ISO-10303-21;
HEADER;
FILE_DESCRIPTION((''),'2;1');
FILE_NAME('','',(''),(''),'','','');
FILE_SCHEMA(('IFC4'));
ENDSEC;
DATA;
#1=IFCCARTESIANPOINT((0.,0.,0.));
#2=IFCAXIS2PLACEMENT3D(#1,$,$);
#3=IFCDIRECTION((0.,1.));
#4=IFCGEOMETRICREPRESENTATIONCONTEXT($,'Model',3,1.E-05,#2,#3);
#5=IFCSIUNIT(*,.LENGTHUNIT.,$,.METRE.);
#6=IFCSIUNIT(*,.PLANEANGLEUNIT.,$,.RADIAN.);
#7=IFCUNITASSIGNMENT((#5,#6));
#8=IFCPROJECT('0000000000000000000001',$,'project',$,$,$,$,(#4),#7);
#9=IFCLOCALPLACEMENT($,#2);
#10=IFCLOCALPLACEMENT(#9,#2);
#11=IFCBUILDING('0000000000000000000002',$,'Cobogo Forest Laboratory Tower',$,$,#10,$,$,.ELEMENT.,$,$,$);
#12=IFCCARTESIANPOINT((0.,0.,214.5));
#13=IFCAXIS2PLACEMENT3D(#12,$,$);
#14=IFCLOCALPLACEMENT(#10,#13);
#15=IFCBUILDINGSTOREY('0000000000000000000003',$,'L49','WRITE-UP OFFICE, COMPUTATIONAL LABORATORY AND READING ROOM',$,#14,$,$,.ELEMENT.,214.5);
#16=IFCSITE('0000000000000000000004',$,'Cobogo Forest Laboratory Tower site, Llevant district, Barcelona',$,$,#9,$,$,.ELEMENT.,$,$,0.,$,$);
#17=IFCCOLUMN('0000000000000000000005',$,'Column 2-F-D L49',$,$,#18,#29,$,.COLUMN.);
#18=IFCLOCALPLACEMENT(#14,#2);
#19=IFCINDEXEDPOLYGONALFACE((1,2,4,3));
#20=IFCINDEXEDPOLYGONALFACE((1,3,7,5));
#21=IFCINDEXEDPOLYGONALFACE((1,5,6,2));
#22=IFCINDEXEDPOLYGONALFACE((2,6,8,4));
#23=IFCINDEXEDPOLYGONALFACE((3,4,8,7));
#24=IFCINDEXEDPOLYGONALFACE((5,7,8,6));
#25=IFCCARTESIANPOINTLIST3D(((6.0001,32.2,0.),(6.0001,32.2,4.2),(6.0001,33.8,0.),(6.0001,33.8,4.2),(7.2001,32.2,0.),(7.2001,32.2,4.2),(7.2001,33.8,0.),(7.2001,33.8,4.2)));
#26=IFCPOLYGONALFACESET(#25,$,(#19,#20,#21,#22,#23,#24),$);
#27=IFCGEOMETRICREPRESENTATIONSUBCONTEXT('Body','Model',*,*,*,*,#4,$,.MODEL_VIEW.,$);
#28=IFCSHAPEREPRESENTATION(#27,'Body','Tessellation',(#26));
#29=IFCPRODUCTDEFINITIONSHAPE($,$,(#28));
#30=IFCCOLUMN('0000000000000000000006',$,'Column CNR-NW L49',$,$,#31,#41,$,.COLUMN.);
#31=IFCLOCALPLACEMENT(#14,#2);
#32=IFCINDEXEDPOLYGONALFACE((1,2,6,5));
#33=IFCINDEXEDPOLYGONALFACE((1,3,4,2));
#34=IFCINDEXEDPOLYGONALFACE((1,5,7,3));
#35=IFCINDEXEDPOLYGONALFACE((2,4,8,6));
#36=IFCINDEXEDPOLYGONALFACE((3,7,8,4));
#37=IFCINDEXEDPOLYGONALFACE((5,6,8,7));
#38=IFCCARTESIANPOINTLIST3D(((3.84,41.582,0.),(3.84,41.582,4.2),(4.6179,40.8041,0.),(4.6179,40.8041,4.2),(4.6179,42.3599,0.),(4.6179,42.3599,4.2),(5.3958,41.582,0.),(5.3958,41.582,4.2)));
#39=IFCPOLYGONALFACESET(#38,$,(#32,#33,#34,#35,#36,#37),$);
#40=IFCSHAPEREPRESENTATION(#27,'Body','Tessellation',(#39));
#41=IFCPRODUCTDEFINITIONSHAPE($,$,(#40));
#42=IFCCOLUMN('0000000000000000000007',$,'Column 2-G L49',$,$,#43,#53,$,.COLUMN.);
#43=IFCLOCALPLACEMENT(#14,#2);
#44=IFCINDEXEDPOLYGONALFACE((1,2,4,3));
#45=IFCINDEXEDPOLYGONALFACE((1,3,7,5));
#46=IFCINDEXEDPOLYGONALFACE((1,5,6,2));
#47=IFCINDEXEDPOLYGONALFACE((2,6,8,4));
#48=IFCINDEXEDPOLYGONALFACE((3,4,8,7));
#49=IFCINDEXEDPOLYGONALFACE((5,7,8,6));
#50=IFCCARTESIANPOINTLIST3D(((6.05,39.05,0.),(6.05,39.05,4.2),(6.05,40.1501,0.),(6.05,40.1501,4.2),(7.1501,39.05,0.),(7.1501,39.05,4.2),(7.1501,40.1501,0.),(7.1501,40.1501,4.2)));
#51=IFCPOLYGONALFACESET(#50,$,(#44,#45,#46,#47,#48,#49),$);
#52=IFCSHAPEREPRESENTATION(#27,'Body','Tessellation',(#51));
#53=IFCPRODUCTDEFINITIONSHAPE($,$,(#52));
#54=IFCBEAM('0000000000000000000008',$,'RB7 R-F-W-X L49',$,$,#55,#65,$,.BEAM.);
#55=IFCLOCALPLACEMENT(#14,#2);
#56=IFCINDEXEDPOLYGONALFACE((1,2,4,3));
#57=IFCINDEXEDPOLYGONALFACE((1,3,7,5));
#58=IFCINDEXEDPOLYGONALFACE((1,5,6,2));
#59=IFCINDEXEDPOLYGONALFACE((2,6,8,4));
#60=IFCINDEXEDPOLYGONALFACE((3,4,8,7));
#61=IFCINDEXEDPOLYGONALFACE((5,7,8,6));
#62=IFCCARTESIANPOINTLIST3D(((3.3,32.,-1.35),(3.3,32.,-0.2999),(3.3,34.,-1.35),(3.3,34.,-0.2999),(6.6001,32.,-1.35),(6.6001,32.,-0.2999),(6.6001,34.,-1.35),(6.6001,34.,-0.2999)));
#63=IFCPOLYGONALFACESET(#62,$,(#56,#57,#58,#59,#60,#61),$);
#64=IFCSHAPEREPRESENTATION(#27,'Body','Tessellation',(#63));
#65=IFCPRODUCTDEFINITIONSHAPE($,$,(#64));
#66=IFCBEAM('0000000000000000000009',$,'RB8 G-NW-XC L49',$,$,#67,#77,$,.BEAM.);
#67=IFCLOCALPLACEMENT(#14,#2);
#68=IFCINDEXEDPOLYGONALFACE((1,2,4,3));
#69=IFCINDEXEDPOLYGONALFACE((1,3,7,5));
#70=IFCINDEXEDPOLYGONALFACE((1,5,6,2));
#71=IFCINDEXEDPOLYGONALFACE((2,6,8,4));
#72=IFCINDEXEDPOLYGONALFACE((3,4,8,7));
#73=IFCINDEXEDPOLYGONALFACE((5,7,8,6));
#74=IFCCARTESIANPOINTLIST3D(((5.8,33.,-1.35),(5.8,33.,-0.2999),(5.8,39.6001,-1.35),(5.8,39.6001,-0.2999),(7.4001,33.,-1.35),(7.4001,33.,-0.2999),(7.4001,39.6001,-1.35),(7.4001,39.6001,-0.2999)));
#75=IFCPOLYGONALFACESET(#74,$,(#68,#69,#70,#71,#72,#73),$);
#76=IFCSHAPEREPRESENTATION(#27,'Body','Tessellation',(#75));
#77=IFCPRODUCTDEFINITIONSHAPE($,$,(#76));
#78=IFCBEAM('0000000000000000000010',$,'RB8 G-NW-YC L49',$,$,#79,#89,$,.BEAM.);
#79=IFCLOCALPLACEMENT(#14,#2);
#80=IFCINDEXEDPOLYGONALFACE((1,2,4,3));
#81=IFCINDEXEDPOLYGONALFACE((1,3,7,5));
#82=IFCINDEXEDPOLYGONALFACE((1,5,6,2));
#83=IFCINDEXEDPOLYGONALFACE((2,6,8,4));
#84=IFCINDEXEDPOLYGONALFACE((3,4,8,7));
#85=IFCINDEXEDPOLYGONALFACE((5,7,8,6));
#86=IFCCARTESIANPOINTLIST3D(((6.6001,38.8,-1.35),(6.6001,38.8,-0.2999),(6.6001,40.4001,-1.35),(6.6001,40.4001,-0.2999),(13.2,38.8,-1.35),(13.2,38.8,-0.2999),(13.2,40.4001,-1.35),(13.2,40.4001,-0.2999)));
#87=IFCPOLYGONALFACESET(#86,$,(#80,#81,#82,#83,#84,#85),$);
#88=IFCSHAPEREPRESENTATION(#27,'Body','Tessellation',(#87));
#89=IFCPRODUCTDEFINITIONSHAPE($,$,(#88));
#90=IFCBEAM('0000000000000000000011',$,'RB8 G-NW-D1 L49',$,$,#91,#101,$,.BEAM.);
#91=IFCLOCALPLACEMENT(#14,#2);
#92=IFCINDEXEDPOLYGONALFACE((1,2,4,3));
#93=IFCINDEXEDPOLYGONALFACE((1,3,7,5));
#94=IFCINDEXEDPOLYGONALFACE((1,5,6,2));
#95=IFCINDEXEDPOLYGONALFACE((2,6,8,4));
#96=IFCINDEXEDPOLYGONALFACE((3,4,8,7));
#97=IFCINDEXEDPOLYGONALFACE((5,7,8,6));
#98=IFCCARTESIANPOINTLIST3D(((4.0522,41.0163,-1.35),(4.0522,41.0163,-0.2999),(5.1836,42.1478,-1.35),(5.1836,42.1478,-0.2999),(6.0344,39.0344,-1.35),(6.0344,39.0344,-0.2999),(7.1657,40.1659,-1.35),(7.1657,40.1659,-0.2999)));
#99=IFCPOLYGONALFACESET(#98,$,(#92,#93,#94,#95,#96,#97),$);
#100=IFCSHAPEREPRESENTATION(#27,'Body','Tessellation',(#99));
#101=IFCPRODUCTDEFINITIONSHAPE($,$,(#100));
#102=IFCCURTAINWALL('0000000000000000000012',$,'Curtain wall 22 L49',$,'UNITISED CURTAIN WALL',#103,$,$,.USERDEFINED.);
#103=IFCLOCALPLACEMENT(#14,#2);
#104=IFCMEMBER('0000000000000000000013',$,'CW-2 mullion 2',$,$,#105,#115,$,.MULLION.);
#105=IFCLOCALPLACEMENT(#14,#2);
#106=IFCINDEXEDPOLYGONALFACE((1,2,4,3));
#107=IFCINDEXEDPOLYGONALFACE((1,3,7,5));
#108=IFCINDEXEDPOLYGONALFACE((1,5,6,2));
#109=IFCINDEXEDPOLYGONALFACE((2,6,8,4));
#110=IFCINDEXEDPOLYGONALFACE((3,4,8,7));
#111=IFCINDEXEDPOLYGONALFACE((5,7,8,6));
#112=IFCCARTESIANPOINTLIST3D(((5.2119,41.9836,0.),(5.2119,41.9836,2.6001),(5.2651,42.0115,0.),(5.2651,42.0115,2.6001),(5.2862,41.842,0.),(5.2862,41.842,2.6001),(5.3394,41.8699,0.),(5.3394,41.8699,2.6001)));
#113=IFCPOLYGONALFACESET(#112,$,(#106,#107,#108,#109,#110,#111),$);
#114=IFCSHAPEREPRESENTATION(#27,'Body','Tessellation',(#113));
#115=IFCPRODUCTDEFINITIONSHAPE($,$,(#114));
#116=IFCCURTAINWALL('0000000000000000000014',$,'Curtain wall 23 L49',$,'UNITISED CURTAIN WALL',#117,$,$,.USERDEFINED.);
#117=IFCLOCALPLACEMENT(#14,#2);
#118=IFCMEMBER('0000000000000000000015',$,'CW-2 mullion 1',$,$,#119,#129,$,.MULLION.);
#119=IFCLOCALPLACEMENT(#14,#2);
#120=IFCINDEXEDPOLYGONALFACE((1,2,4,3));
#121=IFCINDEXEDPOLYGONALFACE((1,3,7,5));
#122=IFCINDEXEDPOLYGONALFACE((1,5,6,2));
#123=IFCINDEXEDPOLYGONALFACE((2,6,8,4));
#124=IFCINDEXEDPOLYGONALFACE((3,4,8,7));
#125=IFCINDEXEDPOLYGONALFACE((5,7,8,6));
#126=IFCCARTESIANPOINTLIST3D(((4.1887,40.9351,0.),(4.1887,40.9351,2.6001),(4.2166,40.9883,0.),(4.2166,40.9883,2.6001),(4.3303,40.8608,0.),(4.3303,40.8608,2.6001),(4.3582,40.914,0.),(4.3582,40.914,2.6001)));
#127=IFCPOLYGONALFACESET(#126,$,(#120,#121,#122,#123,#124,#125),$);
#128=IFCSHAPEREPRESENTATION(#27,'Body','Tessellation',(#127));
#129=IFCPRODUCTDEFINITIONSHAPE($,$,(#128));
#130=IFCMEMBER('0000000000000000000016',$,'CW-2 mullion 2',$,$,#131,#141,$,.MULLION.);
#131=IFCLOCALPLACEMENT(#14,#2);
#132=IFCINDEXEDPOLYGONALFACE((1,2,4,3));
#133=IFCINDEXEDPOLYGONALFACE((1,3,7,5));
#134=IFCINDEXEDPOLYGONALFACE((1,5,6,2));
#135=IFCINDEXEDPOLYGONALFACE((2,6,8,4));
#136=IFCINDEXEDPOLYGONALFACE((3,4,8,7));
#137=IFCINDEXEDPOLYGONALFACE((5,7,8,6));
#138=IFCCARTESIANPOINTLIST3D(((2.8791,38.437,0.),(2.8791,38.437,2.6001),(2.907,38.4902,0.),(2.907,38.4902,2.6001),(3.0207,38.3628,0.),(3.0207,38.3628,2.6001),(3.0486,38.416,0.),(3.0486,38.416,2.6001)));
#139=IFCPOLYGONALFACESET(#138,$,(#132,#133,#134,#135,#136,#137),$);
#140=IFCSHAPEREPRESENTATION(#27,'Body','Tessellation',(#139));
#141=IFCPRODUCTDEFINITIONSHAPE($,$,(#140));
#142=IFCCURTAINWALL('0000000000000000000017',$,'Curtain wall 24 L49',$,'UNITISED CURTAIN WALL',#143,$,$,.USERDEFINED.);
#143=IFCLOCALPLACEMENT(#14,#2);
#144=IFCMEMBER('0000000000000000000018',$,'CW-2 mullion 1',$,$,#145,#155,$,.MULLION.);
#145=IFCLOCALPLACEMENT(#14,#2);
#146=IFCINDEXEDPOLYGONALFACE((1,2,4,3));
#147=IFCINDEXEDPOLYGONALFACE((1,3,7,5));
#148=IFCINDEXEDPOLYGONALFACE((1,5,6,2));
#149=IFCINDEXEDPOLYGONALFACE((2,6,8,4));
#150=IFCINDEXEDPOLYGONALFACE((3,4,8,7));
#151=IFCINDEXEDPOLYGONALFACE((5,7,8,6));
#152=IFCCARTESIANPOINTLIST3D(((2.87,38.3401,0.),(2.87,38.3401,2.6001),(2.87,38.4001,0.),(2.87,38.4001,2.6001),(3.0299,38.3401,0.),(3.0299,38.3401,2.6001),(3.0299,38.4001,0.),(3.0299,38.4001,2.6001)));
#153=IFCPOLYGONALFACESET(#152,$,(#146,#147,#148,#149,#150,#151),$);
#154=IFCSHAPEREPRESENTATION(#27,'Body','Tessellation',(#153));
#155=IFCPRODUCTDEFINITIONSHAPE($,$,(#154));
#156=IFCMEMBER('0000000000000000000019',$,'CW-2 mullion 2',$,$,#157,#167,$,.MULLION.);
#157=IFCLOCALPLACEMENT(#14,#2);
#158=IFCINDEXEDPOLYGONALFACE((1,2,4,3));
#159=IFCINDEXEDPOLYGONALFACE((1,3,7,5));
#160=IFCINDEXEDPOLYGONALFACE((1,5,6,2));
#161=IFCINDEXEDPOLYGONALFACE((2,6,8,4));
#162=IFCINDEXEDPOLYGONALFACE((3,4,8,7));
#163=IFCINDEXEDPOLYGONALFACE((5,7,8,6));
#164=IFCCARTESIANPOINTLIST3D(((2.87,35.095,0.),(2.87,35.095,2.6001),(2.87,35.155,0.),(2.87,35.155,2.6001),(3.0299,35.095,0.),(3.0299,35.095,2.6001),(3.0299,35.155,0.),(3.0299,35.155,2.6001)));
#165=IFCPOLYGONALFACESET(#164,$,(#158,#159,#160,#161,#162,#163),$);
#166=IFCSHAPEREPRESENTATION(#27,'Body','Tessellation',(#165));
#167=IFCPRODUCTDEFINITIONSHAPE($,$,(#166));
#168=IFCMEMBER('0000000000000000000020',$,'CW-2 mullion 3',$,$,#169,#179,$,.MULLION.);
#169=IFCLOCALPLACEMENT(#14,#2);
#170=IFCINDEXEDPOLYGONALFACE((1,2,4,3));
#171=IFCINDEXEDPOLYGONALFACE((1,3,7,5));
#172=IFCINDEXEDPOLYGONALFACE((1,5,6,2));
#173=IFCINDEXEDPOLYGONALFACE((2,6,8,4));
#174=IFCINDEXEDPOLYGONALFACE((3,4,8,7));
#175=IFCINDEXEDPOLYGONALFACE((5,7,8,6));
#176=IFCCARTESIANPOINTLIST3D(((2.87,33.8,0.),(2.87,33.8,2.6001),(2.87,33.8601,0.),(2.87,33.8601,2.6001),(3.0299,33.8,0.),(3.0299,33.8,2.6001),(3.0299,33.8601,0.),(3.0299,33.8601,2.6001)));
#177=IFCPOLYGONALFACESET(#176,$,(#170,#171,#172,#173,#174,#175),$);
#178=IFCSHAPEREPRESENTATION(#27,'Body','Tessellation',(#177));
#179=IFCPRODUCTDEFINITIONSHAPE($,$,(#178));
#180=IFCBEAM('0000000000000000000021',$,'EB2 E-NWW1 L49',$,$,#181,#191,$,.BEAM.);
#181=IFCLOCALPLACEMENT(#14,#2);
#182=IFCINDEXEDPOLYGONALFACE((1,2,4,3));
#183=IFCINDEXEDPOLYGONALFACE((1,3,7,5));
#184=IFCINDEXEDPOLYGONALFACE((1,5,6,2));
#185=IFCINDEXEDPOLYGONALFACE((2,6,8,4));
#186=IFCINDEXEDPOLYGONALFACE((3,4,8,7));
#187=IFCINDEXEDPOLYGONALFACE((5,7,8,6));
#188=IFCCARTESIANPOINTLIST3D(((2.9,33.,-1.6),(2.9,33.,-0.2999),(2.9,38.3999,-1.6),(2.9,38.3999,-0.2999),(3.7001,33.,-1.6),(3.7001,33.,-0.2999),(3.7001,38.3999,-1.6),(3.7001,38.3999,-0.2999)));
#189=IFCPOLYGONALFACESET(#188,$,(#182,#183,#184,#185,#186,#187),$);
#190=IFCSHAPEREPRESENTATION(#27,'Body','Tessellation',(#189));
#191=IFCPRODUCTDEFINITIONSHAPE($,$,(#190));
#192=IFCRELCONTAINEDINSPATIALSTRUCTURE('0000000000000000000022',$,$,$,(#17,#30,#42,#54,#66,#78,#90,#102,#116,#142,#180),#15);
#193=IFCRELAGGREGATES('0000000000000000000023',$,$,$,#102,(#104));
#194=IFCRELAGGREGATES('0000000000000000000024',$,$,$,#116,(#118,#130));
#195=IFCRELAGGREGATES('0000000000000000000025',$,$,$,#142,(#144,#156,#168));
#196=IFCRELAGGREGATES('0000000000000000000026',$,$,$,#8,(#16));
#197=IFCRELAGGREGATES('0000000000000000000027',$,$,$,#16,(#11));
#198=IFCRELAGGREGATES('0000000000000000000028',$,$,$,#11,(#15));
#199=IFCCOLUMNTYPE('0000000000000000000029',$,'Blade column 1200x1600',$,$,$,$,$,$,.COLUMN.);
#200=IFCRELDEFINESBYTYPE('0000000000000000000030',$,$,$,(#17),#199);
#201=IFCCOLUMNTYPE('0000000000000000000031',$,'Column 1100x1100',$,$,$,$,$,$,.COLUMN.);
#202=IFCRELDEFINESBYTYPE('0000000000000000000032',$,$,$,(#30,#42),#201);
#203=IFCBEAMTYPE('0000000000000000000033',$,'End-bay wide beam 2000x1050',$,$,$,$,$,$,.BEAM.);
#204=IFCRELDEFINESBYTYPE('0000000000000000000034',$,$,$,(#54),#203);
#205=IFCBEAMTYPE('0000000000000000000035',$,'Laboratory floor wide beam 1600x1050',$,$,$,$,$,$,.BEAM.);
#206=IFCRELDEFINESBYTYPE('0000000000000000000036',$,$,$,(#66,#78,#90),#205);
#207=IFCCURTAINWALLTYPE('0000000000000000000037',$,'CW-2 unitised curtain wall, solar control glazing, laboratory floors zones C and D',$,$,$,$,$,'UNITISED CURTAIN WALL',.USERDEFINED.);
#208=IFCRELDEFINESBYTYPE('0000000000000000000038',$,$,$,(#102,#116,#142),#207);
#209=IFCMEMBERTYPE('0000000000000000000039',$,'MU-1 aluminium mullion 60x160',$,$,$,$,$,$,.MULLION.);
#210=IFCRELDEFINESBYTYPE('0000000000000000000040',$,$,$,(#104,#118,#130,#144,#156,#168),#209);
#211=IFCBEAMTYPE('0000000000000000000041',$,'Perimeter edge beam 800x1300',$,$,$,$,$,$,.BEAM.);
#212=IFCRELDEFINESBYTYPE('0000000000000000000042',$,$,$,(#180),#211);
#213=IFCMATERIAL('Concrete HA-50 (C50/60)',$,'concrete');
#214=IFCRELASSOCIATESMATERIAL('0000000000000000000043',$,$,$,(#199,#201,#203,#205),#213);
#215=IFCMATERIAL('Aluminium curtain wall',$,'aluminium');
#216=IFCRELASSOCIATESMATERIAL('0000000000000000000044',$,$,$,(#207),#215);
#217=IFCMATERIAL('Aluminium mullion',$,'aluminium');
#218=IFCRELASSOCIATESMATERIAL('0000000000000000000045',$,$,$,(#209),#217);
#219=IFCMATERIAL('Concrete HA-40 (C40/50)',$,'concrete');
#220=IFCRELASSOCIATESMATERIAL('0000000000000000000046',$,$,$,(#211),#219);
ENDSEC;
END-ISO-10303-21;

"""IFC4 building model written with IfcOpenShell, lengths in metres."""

from ifc_helpers import new_model, si_unit, direction, frame, origin, origin_2d, place, context, subcontext, project, spatial, rectangle, extrude, material, material_profile, profile_set, type_object, element, aggregate, save


model = new_model("IFC4")

# Units and contexts
model_context = context("Model", 3, precision=1e-05, world=origin(), true_north=direction((0.0, 1.0)))
body_context = subcontext(model_context, "Body", "Model", "MODEL_VIEW")
ifc_project = project(units=[si_unit("LENGTHUNIT", "METRE"), si_unit("PLANEANGLEUNIT", "RADIAN")], contexts=[model_context])

# Site, building, storey
site_placement = place(None, origin())
site = spatial("IfcSite", under=ifc_project, at=site_placement, Name="Cobogo Forest Laboratory Tower site, Llevant district, Barcelona", CompositionType="ELEMENT", RefElevation=0.0)
building_placement = place(site_placement, origin())
building = spatial("IfcBuilding", under=site, at=building_placement, Name="Cobogo Forest Laboratory Tower", CompositionType="ELEMENT")
storey_placement = place(building_placement, frame((0.0, 0.0, 214.5)))
storey = spatial("IfcBuildingStorey", under=building, at=storey_placement, Name="L49", Description="WRITE-UP OFFICE, COMPUTATIONAL LABORATORY AND READING ROOM", CompositionType="ELEMENT", Elevation=214.5)

# Columns
ifc_material_1 = material(Name="Concrete HA-50 (C50/60)", Category="concrete")
ifc_material_profile_1 = material_profile(ifc_material_1, rectangle(XDim=1.6001, YDim=1.2, at=origin_2d()), Name="RC 1200x1600")
ifc_profile_set_1 = profile_set([ifc_material_profile_1], Name="Concrete HA-50 (C50/60)")
column_type_1 = type_object("IfcColumnType", Name="Blade column 1200x1600", PredefinedType="COLUMN", material=ifc_profile_set_1)
column_placement = place(storey_placement, frame((6.6001, 33.0, 0.0), z_axis=(0.0, 0.0, 1.0), x_axis=(0.0, 1.0, 0.0)))
element("IfcColumn", 1, at=column_placement, inside=storey, type_object=column_type_1, Name="Column 2-F-D L49", PredefinedType="COLUMN", context=body_context, shape_type="SweptSolid", body=[
    extrude(rectangle(XDim=1.6001, YDim=1.2, at=origin_2d()), origin(), (0.0, 0.0, 1.0), 4.2),
])
ifc_material_profile_2 = material_profile(ifc_material_1, rectangle(XDim=1.1001, YDim=1.1001, at=origin_2d()), Name="RC 1100x1100")
ifc_profile_set_2 = profile_set([ifc_material_profile_2], Name="Concrete HA-50 (C50/60)")
column_type_2 = type_object("IfcColumnType", Name="Column 1100x1100", PredefinedType="COLUMN", material=ifc_profile_set_2)
for number, where, z_axis, x_axis, name in (
    (2, (4.6179, 41.582, 0.0), (0.0, 0.0, 1.0), (0.707107, 0.707107, 0.0), "Column CNR-NW L49"),
    (3, (6.6001, 39.6001, 0.0), (0.0, 0.0, 1.0), (1.0, 0.0, 0.0), "Column 2-G L49"),
):
    element("IfcColumn", number, at=place(storey_placement, frame(where, z_axis=z_axis, x_axis=x_axis)), inside=storey, type_object=column_type_2, Name=name, PredefinedType="COLUMN", context=body_context, shape_type="SweptSolid", body=[
        extrude(rectangle(XDim=1.1001, YDim=1.1001, at=origin_2d()), origin(), (0.0, 0.0, 1.0), 4.2),
    ])

# Beams
ifc_material_profile_3 = material_profile(ifc_material_1, rectangle(XDim=2.0, YDim=1.05, at=origin_2d()), Name="RC 2000x1050")
ifc_profile_set_3 = profile_set([ifc_material_profile_3], Name="Concrete HA-50 (C50/60)")
beam_type_1 = type_object("IfcBeamType", Name="End-bay wide beam 2000x1050", PredefinedType="BEAM", material=ifc_profile_set_3)
beam_1_placement = place(storey_placement, frame((3.3, 33.0, -0.825), z_axis=(1.0, 0.0, 0.0), x_axis=(0.0, 1.0, 0.0)))
element("IfcBeam", 4, at=beam_1_placement, inside=storey, type_object=beam_type_1, Name="RB7 R-F-W-X L49", PredefinedType="BEAM", context=body_context, shape_type="SweptSolid", body=[
    extrude(rectangle(XDim=2.0, YDim=1.05, at=origin_2d()), origin(), (0.0, 0.0, 1.0), 3.3),
])
ifc_material_profile_4 = material_profile(ifc_material_1, rectangle(XDim=1.6001, YDim=1.05, at=origin_2d()), Name="RC 1600x1050")
ifc_profile_set_4 = profile_set([ifc_material_profile_4], Name="Concrete HA-50 (C50/60)")
beam_type_2 = type_object("IfcBeamType", Name="Laboratory floor wide beam 1600x1050", PredefinedType="BEAM", material=ifc_profile_set_4)
beam_2_placement = place(storey_placement, frame((6.6001, 39.6001, -0.825), z_axis=(0.0, -1.0, 0.0), x_axis=(1.0, 0.0, 0.0)))
element("IfcBeam", 5, at=beam_2_placement, inside=storey, type_object=beam_type_2, Name="RB8 G-NW-XC L49", PredefinedType="BEAM", context=body_context, shape_type="SweptSolid", body=[
    extrude(rectangle(XDim=1.6001, YDim=1.05, at=origin_2d()), origin(), (0.0, 0.0, 1.0), 6.6001),
])
beam_3_placement = place(storey_placement, frame((6.6001, 39.6001, -0.825), z_axis=(1.0, 0.0, 0.0), x_axis=(0.0, 1.0, 0.0)))
element("IfcBeam", 6, at=beam_3_placement, inside=storey, type_object=beam_type_2, Name="RB8 G-NW-YC L49", PredefinedType="BEAM", context=body_context, shape_type="SweptSolid", body=[
    extrude(rectangle(XDim=1.6001, YDim=1.05, at=origin_2d()), origin(), (0.0, 0.0, 1.0), 6.5999),
])
beam_4_placement = place(storey_placement, frame((4.6179, 41.582, -0.825), z_axis=(0.70715, -0.707063, 0.0), x_axis=(0.707063, 0.70715, 0.0)))
element("IfcBeam", 7, at=beam_4_placement, inside=storey, type_object=beam_type_2, Name="RB8 G-NW-D1 L49", PredefinedType="BEAM", context=body_context, shape_type="SweptSolid", body=[
    extrude(rectangle(XDim=1.6001, YDim=1.05, at=origin_2d()), origin(), (0.0, 0.0, 1.0), 2.803),
])

# Curtain wall, member
ifc_material_2 = material(Name="Aluminium curtain wall", Category="aluminium")
curtain_wall_type = type_object("IfcCurtainWallType", Name="CW-2 unitised curtain wall, solar control glazing, laboratory floors zones C and D", ElementType="UNITISED CURTAIN WALL", PredefinedType="USERDEFINED", material=ifc_material_2)
curtain_wall_1_placement = place(storey_placement, origin())
curtain_wall_1 = element("IfcCurtainWall", 8, at=curtain_wall_1_placement, inside=storey, type_object=curtain_wall_type, Name="Curtain wall 22 L49", ObjectType="UNITISED CURTAIN WALL", PredefinedType="USERDEFINED")
ifc_material_3 = material(Name="Aluminium mullion", Category="aluminium")
ifc_material_profile_5 = material_profile(ifc_material_3, rectangle(XDim=0.0601, YDim=0.1599, at=origin_2d()), Name="AL 60x160")
ifc_profile_set_5 = profile_set([ifc_material_profile_5], Name="Aluminium mullion")
member_type_1 = type_object("IfcMemberType", Name="MU-1 aluminium mullion 60x160", PredefinedType="MULLION", material=ifc_profile_set_5)
member_1_placement = place(storey_placement, frame((5.2756, 41.9268, 0.0), z_axis=(0.0, 0.0, 1.0), x_axis=(-0.885686, -0.464284, 0.0)))
member_1 = element("IfcMember", 9, at=member_1_placement, type_object=member_type_1, Name="CW-2 mullion 2", PredefinedType="MULLION", context=body_context, shape_type="SweptSolid", body=[
    extrude(rectangle(XDim=0.0601, YDim=0.1599, at=origin_2d()), origin(), (0.0, 0.0, 1.0), 2.6001),
])

# Curtain walls, members
curtain_wall_2_placement = place(storey_placement, origin())
curtain_wall_2 = element("IfcCurtainWall", 10, at=curtain_wall_2_placement, inside=storey, type_object=curtain_wall_type, Name="Curtain wall 23 L49", ObjectType="UNITISED CURTAIN WALL", PredefinedType="USERDEFINED")
member_2_placement = place(storey_placement, frame((4.2734, 40.9246, 0.0), z_axis=(0.0, 0.0, 1.0), x_axis=(-0.464284, -0.885686, 0.0)))
member_2 = element("IfcMember", 11, at=member_2_placement, type_object=member_type_1, Name="CW-2 mullion 1", PredefinedType="MULLION", context=body_context, shape_type="SweptSolid", body=[
    extrude(rectangle(XDim=0.0601, YDim=0.1599, at=origin_2d()), origin(), (0.0, 0.0, 1.0), 2.6001),
])
member_3_placement = place(storey_placement, frame((2.9639, 38.4265, 0.0), z_axis=(0.0, 0.0, 1.0), x_axis=(-0.464284, -0.885686, 0.0)))
member_3 = element("IfcMember", 12, at=member_3_placement, type_object=member_type_1, Name="CW-2 mullion 2", PredefinedType="MULLION", context=body_context, shape_type="SweptSolid", body=[
    extrude(rectangle(XDim=0.0601, YDim=0.1599, at=origin_2d()), origin(), (0.0, 0.0, 1.0), 2.6001),
])
curtain_wall_3_placement = place(storey_placement, origin())
curtain_wall_3 = element("IfcCurtainWall", 13, at=curtain_wall_3_placement, inside=storey, type_object=curtain_wall_type, Name="Curtain wall 24 L49", ObjectType="UNITISED CURTAIN WALL", PredefinedType="USERDEFINED")
member_4_placement = place(storey_placement, frame((2.95, 38.3701, 0.0), z_axis=(0.0, 0.0, 1.0), x_axis=(0.0, -1.0, 0.0)))
member_4 = element("IfcMember", 14, at=member_4_placement, type_object=member_type_1, Name="CW-2 mullion 1", PredefinedType="MULLION", context=body_context, shape_type="SweptSolid", body=[
    extrude(rectangle(XDim=0.0601, YDim=0.1599, at=origin_2d()), origin(), (0.0, 0.0, 1.0), 2.6001),
])
member_5_placement = place(storey_placement, frame((2.95, 35.125, 0.0), z_axis=(0.0, 0.0, 1.0), x_axis=(0.0, -1.0, 0.0)))
member_5 = element("IfcMember", 15, at=member_5_placement, type_object=member_type_1, Name="CW-2 mullion 2", PredefinedType="MULLION", context=body_context, shape_type="SweptSolid", body=[
    extrude(rectangle(XDim=0.0601, YDim=0.1599, at=origin_2d()), origin(), (0.0, 0.0, 1.0), 2.6001),
])
member_6_placement = place(storey_placement, frame((2.95, 33.8301, 0.0), z_axis=(0.0, 0.0, 1.0), x_axis=(0.0, -1.0, 0.0)))
member_6 = element("IfcMember", 16, at=member_6_placement, type_object=member_type_1, Name="CW-2 mullion 3", PredefinedType="MULLION", context=body_context, shape_type="SweptSolid", body=[
    extrude(rectangle(XDim=0.0601, YDim=0.1599, at=origin_2d()), origin(), (0.0, 0.0, 1.0), 2.6001),
])

# Beam
ifc_material_4 = material(Name="Concrete HA-40 (C40/50)", Category="concrete")
ifc_material_profile_6 = material_profile(ifc_material_4, rectangle(XDim=0.8, YDim=1.3, at=origin_2d()), Name="RC 800x1300")
ifc_profile_set_6 = profile_set([ifc_material_profile_6], Name="Concrete HA-40 (C40/50)")
beam_type_3 = type_object("IfcBeamType", Name="Perimeter edge beam 800x1300", PredefinedType="BEAM", material=ifc_profile_set_6)
beam_5_placement = place(storey_placement, frame((3.3, 33.0, -0.95), z_axis=(0.0, 1.0, 0.0), x_axis=(-1.0, 0.0, 0.0)))
element("IfcBeam", 17, at=beam_5_placement, inside=storey, type_object=beam_type_3, Name="EB2 E-NWW1 L49", PredefinedType="BEAM", context=body_context, shape_type="SweptSolid", body=[
    extrude(rectangle(XDim=0.8, YDim=1.3, at=origin_2d()), origin(), (0.0, 0.0, 1.0), 5.3999),
])

aggregate(curtain_wall_1, [member_1])
aggregate(curtain_wall_2, [member_2, member_3])
aggregate(curtain_wall_3, [member_4, member_5, member_6])

save(model, "model.ifc")
